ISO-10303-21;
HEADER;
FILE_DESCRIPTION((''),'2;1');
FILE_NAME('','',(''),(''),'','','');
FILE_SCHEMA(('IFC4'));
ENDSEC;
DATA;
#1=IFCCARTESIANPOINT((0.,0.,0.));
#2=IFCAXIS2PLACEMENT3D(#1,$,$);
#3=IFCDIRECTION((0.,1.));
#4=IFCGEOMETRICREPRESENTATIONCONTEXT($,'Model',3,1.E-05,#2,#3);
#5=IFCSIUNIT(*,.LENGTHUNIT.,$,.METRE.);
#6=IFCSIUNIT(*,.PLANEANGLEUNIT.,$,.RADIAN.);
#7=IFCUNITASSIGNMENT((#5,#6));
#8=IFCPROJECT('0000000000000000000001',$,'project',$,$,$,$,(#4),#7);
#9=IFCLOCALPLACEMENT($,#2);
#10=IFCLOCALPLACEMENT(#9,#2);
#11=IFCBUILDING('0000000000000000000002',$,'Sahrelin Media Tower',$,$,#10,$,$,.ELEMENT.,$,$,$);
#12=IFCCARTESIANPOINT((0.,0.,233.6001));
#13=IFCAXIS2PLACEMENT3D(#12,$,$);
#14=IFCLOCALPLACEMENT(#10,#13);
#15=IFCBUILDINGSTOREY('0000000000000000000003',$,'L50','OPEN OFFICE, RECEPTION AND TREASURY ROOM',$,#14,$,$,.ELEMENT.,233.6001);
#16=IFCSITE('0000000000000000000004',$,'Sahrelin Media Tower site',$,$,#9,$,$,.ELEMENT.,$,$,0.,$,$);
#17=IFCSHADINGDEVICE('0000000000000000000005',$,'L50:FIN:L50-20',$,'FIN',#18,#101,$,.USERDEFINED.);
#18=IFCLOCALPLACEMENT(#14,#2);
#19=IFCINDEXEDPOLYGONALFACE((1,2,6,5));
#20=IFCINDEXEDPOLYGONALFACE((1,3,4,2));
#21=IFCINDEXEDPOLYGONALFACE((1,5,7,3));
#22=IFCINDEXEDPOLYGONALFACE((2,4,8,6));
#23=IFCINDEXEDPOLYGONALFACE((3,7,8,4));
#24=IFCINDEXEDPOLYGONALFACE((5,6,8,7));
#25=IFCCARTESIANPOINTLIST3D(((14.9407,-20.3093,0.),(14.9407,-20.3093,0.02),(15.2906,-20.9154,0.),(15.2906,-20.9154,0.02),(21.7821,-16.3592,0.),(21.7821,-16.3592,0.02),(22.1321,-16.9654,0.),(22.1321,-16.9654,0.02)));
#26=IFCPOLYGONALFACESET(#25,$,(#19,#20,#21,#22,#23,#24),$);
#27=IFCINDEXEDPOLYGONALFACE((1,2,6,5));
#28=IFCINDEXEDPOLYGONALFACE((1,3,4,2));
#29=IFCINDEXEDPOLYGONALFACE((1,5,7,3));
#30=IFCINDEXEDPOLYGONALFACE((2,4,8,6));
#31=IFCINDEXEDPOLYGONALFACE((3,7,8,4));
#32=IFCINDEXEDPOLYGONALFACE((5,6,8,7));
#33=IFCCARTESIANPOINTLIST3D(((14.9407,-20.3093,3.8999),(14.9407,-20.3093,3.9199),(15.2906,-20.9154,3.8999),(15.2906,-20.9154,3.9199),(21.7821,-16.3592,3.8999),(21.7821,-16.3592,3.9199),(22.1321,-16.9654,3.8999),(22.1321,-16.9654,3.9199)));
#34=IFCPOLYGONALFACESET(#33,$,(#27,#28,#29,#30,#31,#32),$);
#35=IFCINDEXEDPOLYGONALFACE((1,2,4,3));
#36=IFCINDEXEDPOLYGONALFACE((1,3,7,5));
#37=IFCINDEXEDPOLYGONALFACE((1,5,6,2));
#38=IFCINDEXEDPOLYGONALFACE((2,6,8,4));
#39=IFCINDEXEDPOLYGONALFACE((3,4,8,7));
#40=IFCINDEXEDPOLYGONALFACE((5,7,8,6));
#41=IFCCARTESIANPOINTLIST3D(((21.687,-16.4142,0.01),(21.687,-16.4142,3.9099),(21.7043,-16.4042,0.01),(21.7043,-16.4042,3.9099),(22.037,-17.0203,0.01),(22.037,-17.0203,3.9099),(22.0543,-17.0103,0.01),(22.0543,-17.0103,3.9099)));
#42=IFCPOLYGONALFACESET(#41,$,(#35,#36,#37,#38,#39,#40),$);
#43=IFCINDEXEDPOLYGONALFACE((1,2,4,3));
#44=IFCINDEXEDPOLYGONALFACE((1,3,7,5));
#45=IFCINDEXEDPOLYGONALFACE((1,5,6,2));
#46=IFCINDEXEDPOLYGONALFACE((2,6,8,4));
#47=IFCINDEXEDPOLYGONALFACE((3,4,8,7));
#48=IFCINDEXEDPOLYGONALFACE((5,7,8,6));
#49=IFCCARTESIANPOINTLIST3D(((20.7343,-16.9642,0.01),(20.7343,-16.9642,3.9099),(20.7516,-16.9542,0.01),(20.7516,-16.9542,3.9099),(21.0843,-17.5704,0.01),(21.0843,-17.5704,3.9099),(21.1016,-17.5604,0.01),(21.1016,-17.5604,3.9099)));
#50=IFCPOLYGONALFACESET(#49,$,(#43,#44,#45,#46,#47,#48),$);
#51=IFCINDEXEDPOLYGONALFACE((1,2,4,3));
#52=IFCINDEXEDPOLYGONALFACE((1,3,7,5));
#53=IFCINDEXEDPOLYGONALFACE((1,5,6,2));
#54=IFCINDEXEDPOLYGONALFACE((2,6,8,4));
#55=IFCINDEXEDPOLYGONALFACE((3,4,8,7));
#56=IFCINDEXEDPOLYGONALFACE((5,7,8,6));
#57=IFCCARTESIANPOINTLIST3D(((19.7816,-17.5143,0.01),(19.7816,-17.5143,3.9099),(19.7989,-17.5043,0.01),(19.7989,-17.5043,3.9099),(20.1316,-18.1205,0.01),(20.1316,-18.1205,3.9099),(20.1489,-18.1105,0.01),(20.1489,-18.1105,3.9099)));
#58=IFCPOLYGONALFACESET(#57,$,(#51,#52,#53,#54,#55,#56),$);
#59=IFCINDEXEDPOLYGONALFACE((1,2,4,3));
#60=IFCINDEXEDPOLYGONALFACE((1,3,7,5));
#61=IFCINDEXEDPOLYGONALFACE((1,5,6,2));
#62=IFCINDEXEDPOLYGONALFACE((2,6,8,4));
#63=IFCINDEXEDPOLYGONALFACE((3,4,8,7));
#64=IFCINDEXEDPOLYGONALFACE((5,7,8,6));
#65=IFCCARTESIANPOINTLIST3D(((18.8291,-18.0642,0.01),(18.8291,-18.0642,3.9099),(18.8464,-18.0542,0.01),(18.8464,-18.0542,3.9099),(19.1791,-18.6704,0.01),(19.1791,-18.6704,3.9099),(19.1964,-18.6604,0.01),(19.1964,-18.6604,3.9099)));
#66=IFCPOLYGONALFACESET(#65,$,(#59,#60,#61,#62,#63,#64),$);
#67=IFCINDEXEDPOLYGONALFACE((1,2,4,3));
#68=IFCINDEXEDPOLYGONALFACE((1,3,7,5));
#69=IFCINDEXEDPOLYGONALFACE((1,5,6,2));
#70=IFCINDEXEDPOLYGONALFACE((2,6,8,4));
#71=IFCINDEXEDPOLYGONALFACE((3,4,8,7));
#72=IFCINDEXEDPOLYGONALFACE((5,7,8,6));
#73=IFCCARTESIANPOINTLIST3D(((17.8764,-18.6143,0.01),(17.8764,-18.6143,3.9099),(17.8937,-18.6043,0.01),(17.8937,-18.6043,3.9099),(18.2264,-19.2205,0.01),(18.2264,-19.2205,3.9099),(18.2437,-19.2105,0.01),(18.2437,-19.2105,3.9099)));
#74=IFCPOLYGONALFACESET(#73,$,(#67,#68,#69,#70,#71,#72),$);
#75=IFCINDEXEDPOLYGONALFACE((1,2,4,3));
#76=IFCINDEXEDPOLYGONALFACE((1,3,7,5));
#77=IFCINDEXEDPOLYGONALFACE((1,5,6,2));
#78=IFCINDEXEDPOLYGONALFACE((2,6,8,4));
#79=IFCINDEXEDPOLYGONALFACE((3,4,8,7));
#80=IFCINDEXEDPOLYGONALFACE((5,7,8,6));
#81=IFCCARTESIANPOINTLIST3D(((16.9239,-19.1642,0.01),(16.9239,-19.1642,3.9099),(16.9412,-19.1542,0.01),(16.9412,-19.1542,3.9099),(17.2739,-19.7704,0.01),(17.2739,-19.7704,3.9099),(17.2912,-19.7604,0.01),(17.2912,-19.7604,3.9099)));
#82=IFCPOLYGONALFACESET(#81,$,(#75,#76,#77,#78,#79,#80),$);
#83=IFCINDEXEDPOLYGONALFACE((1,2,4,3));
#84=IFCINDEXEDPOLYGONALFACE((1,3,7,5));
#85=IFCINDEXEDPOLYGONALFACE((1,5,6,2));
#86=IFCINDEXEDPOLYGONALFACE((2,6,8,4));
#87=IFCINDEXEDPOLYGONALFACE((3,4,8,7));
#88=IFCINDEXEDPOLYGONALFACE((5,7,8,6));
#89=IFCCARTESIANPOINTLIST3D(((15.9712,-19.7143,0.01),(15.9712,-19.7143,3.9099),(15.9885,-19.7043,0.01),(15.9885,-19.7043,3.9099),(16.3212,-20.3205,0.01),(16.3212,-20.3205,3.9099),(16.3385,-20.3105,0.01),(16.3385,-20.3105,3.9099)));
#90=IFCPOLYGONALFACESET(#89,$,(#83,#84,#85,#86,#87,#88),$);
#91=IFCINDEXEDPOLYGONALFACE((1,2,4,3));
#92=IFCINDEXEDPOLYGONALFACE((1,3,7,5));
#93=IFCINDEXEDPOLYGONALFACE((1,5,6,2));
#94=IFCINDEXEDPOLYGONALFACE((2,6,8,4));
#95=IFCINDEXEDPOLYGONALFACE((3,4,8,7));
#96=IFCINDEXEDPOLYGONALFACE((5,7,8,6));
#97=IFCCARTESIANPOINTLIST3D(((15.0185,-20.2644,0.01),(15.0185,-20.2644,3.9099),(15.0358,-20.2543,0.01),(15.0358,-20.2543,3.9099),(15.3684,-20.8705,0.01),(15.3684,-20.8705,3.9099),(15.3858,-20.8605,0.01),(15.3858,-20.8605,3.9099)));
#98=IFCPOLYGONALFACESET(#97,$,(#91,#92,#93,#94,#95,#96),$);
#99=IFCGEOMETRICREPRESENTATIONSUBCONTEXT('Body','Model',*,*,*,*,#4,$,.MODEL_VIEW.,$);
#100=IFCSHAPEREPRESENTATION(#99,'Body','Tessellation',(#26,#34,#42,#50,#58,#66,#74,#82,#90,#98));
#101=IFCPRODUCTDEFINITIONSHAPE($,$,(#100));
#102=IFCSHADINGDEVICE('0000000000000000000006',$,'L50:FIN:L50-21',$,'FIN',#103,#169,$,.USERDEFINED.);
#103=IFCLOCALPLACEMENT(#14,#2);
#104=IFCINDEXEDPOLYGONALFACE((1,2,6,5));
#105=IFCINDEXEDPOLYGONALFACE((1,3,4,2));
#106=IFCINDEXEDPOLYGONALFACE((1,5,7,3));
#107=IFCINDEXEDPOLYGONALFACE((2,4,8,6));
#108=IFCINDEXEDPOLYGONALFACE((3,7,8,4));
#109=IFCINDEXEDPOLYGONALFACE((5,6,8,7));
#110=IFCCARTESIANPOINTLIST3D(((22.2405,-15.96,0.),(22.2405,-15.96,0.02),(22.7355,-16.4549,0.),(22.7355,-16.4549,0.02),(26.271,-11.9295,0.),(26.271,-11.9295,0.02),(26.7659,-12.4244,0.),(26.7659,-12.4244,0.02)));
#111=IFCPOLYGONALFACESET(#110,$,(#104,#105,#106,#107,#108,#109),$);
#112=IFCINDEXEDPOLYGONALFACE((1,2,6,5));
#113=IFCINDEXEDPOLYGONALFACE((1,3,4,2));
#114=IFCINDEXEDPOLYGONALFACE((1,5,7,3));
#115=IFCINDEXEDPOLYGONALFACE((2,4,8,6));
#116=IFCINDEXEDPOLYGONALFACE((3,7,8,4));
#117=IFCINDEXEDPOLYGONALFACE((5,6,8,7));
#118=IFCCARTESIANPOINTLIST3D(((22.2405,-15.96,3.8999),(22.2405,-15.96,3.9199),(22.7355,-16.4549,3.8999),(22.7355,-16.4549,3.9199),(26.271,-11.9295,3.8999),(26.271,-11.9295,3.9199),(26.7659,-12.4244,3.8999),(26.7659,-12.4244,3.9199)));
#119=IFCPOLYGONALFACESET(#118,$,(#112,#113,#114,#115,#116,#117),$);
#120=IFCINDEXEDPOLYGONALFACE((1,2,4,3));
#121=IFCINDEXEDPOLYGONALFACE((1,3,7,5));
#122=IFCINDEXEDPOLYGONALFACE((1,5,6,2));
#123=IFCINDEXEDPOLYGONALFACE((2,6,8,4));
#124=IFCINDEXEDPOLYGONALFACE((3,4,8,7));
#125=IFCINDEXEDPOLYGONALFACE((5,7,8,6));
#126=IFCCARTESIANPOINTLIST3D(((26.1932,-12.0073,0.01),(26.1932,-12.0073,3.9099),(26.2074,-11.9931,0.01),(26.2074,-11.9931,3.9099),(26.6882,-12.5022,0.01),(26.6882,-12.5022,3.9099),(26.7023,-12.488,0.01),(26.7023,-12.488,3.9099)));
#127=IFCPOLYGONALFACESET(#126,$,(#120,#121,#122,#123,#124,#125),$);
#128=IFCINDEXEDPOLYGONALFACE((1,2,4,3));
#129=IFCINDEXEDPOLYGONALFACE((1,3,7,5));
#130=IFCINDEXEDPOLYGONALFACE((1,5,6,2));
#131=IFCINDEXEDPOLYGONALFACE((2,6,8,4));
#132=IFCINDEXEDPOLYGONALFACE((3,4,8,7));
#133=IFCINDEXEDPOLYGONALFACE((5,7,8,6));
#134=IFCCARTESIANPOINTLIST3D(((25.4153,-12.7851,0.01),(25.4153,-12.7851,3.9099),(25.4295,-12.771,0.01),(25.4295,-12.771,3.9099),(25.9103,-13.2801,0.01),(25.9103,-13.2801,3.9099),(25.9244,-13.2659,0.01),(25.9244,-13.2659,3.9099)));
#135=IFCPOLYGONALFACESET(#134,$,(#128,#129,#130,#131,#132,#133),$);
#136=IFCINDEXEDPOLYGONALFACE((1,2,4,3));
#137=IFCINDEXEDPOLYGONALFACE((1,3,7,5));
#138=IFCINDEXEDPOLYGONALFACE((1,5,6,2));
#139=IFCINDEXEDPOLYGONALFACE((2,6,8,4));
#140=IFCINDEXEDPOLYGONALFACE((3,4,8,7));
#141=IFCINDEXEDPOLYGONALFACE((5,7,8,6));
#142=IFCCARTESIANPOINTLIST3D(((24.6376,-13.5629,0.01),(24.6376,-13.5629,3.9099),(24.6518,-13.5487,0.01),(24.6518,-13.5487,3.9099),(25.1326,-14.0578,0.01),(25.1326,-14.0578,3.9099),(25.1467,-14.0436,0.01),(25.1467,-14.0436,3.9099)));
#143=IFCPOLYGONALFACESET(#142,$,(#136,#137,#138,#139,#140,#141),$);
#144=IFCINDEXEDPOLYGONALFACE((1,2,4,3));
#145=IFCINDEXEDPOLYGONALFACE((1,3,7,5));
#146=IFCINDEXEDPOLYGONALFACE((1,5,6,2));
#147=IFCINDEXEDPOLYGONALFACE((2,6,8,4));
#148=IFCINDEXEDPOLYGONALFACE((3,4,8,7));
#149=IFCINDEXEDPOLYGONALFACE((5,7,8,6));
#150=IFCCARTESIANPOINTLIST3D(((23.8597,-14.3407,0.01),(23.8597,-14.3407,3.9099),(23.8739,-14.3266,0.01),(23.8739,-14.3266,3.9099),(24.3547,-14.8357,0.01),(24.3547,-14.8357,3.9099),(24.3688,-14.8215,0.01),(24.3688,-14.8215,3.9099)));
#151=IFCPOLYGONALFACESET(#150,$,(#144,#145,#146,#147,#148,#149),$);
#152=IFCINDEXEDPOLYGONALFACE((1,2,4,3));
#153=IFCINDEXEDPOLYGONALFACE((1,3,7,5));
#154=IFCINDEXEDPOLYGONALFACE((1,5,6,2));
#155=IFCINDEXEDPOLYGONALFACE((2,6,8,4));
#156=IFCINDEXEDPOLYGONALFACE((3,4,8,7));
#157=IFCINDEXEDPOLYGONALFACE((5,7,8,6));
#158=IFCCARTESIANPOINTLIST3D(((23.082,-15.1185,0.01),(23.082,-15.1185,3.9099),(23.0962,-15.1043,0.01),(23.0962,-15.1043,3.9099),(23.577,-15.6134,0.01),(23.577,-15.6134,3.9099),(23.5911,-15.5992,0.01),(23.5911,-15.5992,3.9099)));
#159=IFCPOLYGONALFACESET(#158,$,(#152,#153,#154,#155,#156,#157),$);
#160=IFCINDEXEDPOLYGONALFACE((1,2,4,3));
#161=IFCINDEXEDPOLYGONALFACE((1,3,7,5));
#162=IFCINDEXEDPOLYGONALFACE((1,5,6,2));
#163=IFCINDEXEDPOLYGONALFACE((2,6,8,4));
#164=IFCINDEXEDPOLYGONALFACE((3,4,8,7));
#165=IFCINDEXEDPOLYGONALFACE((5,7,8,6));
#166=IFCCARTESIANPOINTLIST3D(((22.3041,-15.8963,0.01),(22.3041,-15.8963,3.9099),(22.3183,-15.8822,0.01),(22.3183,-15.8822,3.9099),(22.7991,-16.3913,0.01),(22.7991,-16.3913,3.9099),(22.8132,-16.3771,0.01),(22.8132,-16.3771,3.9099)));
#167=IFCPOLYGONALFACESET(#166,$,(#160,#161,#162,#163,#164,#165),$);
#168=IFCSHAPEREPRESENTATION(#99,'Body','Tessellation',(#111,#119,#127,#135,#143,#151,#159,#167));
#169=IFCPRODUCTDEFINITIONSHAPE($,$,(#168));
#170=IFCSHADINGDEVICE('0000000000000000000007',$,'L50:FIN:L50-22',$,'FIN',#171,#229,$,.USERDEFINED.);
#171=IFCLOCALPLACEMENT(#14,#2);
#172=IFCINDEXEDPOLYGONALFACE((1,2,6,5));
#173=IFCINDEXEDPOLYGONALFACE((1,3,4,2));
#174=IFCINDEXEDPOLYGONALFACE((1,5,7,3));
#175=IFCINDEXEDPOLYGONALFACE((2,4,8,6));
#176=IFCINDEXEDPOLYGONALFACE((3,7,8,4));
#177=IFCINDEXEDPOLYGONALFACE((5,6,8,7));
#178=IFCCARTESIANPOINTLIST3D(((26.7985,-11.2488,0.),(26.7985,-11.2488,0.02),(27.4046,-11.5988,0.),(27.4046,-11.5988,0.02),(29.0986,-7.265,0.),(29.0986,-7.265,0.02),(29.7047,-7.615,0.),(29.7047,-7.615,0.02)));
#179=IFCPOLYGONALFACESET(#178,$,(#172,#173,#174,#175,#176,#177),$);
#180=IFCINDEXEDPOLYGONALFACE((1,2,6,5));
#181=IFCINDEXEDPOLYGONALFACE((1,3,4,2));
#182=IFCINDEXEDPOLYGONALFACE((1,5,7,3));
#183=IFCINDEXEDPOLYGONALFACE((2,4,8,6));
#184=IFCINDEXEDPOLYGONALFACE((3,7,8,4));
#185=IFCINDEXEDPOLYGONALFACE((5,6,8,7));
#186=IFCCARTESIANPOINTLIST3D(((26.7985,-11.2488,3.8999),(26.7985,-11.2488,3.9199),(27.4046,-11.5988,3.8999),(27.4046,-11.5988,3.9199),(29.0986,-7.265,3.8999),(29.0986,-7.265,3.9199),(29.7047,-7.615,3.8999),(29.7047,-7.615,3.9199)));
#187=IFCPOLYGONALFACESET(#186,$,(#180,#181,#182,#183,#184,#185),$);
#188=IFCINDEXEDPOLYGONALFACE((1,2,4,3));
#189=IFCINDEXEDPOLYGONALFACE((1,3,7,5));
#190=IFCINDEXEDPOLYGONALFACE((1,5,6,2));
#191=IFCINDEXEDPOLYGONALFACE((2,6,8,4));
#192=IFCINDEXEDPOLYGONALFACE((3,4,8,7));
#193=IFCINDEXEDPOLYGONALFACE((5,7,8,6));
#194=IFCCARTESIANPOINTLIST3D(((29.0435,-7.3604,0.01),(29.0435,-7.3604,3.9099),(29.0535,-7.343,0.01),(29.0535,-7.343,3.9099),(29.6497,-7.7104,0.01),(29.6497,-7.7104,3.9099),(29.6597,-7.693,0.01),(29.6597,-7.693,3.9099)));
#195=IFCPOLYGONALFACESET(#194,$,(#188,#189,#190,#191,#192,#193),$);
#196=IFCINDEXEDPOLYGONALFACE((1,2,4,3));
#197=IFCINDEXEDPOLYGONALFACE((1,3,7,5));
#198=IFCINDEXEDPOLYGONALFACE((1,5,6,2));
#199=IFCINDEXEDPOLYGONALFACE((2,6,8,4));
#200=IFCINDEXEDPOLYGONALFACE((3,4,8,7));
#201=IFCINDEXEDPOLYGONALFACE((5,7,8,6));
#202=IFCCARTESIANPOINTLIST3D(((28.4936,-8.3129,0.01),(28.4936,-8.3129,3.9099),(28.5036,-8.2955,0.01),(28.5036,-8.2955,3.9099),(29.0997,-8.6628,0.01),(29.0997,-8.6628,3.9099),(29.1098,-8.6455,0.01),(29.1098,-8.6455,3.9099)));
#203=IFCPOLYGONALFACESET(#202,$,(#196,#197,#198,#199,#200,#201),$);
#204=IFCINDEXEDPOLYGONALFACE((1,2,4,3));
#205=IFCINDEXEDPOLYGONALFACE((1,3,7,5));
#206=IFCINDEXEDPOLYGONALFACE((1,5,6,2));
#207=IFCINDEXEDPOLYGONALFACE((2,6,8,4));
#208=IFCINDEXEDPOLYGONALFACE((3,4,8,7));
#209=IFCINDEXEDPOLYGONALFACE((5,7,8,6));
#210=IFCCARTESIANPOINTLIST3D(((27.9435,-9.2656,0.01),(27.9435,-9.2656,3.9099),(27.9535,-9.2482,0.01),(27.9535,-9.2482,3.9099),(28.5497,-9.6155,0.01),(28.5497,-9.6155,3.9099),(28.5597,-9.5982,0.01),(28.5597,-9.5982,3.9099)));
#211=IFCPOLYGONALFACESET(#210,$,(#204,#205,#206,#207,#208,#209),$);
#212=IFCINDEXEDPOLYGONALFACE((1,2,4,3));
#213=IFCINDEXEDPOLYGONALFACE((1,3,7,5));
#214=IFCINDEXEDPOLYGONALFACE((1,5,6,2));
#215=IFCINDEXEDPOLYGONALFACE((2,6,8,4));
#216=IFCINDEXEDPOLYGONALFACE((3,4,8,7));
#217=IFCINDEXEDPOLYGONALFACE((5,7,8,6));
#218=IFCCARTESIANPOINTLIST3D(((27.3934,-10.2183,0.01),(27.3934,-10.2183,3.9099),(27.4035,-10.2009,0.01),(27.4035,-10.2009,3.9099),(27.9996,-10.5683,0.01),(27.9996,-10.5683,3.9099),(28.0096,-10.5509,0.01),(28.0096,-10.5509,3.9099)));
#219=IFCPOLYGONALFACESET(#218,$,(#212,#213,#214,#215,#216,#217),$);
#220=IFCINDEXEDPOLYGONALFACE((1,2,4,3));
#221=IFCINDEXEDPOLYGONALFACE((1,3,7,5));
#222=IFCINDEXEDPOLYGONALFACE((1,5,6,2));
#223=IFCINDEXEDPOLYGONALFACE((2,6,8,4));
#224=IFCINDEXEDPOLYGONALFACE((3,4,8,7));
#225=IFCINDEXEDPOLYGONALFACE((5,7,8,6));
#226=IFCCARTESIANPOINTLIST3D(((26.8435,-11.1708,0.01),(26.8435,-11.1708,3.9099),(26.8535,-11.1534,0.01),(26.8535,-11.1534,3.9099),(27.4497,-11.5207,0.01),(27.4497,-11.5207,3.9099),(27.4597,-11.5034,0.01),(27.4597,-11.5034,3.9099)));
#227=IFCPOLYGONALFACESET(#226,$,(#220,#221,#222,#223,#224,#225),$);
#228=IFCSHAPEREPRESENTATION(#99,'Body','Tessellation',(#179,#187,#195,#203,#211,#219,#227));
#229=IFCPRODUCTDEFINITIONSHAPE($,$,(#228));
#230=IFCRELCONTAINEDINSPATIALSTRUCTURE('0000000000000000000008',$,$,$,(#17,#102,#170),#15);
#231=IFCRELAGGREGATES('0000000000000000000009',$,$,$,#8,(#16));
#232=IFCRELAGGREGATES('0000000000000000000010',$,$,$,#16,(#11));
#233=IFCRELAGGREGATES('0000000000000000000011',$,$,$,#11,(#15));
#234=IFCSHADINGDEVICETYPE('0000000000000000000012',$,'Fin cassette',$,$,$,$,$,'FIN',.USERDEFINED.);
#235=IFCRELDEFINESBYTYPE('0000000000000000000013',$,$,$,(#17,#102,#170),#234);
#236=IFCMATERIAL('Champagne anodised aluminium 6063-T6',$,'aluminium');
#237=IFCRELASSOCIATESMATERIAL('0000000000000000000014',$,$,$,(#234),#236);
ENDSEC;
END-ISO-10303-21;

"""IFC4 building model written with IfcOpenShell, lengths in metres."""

from ifc_helpers import new_model, si_unit, direction, frame, origin, origin_2d, place, context, subcontext, project, spatial, rectangle, extrude, material, type_object, element, save


model = new_model("IFC4")

# Units and contexts
model_context = context("Model", 3, precision=1e-05, world=origin(), true_north=direction((0.0, 1.0)))
body_context = subcontext(model_context, "Body", "Model", "MODEL_VIEW")
ifc_project = project(units=[si_unit("LENGTHUNIT", "METRE"), si_unit("PLANEANGLEUNIT", "RADIAN")], contexts=[model_context])

# Site, building, storey
site_placement = place(None, origin())
site = spatial("IfcSite", under=ifc_project, at=site_placement, Name="Sahrelin Media Tower site", CompositionType="ELEMENT", RefElevation=0.0)
building_placement = place(site_placement, origin())
building = spatial("IfcBuilding", under=site, at=building_placement, Name="Sahrelin Media Tower", CompositionType="ELEMENT")
storey_placement = place(building_placement, frame((0.0, 0.0, 233.6001)))
storey = spatial("IfcBuildingStorey", under=building, at=storey_placement, Name="L50", Description="OPEN OFFICE, RECEPTION AND TREASURY ROOM", CompositionType="ELEMENT", Elevation=233.6001)

# Shared definitions
ifc_material_1 = material(Name="Champagne anodised aluminium 6063-T6", Category="aluminium")

# Shading devices
shading_device_type_1 = type_object("IfcShadingDeviceType", Name="Fin cassette", ElementType="FIN", PredefinedType="USERDEFINED", material=ifc_material_1)
placement_1 = place(storey_placement, frame((18.3264, -18.2737, 0.0), z_axis=(0.0, 0.0, 1.0), x_axis=(-0.866019, -0.500011, 0.0)))
element("IfcShadingDevice", 1, at=placement_1, inside=storey, type_object=shading_device_type_1, Name="L50:FIN:L50-20", ObjectType="FIN", PredefinedType="USERDEFINED", context=body_context, shape_type="SweptSolid", body=[
    extrude(rectangle(XDim=7.8999, YDim=0.7, at=origin_2d()), frame((0.0, 0.4199, 0.0)), (0.0, 0.0, 1.0), 0.02),
    extrude(rectangle(XDim=7.8999, YDim=0.7, at=origin_2d()), frame((0.0, 0.4199, 3.8999)), (0.0, 0.0, 1.0), 0.02),
    extrude(rectangle(XDim=0.02, YDim=0.7, at=origin_2d()), frame((-3.8501, 0.4199, 0.01), z_axis=(0.0, 0.0, 1.0), x_axis=(1.0, 0.0, 0.0)), (0.0, 0.0, 1.0), 3.8999),
    extrude(rectangle(XDim=0.02, YDim=0.7, at=origin_2d()), frame((-2.75, 0.4199, 0.01), z_axis=(0.0, 0.0, 1.0), x_axis=(1.0, 0.0, 0.0)), (0.0, 0.0, 1.0), 3.8999),
    extrude(rectangle(XDim=0.02, YDim=0.7, at=origin_2d()), frame((-1.6499, 0.4199, 0.01), z_axis=(0.0, 0.0, 1.0), x_axis=(1.0, 0.0, 0.0)), (0.0, 0.0, 1.0), 3.8999),
    extrude(rectangle(XDim=0.02, YDim=0.7, at=origin_2d()), frame((-0.55, 0.4199, 0.01), z_axis=(0.0, 0.0, 1.0), x_axis=(1.0, 0.0, 0.0)), (0.0, 0.0, 1.0), 3.8999),
    extrude(rectangle(XDim=0.02, YDim=0.7, at=origin_2d()), frame((0.55, 0.4199, 0.01), z_axis=(0.0, 0.0, 1.0), x_axis=(1.0, 0.0, 0.0)), (0.0, 0.0, 1.0), 3.8999),
    extrude(rectangle(XDim=0.02, YDim=0.7, at=origin_2d()), frame((1.6499, 0.4199, 0.01), z_axis=(0.0, 0.0, 1.0), x_axis=(1.0, 0.0, 0.0)), (0.0, 0.0, 1.0), 3.8999),
    extrude(rectangle(XDim=0.02, YDim=0.7, at=origin_2d()), frame((2.75, 0.4199, 0.01), z_axis=(0.0, 0.0, 1.0), x_axis=(1.0, 0.0, 0.0)), (0.0, 0.0, 1.0), 3.8999),
    extrude(rectangle(XDim=0.02, YDim=0.7, at=origin_2d()), frame((3.8501, 0.4199, 0.01), z_axis=(0.0, 0.0, 1.0), x_axis=(1.0, 0.0, 0.0)), (0.0, 0.0, 1.0), 3.8999),
])
placement_2 = place(storey_placement, frame((24.2063, -13.8953, 0.0), z_axis=(0.0, 0.0, 1.0), x_axis=(-0.707107, -0.707107, 0.0)))
element("IfcShadingDevice", 2, at=placement_2, inside=storey, type_object=shading_device_type_1, Name="L50:FIN:L50-21", ObjectType="FIN", PredefinedType="USERDEFINED", context=body_context, shape_type="SweptSolid", body=[
    extrude(rectangle(XDim=5.7, YDim=0.7, at=origin_2d()), frame((0.0, 0.4199, 0.0)), (0.0, 0.0, 1.0), 0.02),
    extrude(rectangle(XDim=5.7, YDim=0.7, at=origin_2d()), frame((0.0, 0.4199, 3.8999)), (0.0, 0.0, 1.0), 0.02),
    extrude(rectangle(XDim=0.02, YDim=0.7, at=origin_2d()), frame((-2.75, 0.4199, 0.01), z_axis=(0.0, 0.0, 1.0), x_axis=(1.0, 0.0, 0.0)), (0.0, 0.0, 1.0), 3.8999),
    extrude(rectangle(XDim=0.02, YDim=0.7, at=origin_2d()), frame((-1.6499, 0.4199, 0.01), z_axis=(0.0, 0.0, 1.0), x_axis=(1.0, 0.0, 0.0)), (0.0, 0.0, 1.0), 3.8999),
    extrude(rectangle(XDim=0.02, YDim=0.7, at=origin_2d()), frame((-0.55, 0.4199, 0.01), z_axis=(0.0, 0.0, 1.0), x_axis=(1.0, 0.0, 0.0)), (0.0, 0.0, 1.0), 3.8999),
    extrude(rectangle(XDim=0.02, YDim=0.7, at=origin_2d()), frame((0.55, 0.4199, 0.01), z_axis=(0.0, 0.0, 1.0), x_axis=(1.0, 0.0, 0.0)), (0.0, 0.0, 1.0), 3.8999),
    extrude(rectangle(XDim=0.02, YDim=0.7, at=origin_2d()), frame((1.6499, 0.4199, 0.01), z_axis=(0.0, 0.0, 1.0), x_axis=(1.0, 0.0, 0.0)), (0.0, 0.0, 1.0), 3.8999),
    extrude(rectangle(XDim=0.02, YDim=0.7, at=origin_2d()), frame((2.75, 0.4199, 0.01), z_axis=(0.0, 0.0, 1.0), x_axis=(1.0, 0.0, 0.0)), (0.0, 0.0, 1.0), 3.8999),
])
placement_3 = place(storey_placement, frame((27.8879, -9.2219, 0.0), z_axis=(0.0, 0.0, 1.0), x_axis=(-0.500011, -0.866019, 0.0)))
element("IfcShadingDevice", 3, at=placement_3, inside=storey, type_object=shading_device_type_1, Name="L50:FIN:L50-22", ObjectType="FIN", PredefinedType="USERDEFINED", context=body_context, shape_type="SweptSolid", body=[
    extrude(rectangle(XDim=4.6001, YDim=0.7, at=origin_2d()), frame((0.0, 0.4199, 0.0)), (0.0, 0.0, 1.0), 0.02),
    extrude(rectangle(XDim=4.6001, YDim=0.7, at=origin_2d()), frame((0.0, 0.4199, 3.8999)), (0.0, 0.0, 1.0), 0.02),
    extrude(rectangle(XDim=0.02, YDim=0.7, at=origin_2d()), frame((-2.2, 0.4199, 0.01), z_axis=(0.0, 0.0, 1.0), x_axis=(1.0, 0.0, 0.0)), (0.0, 0.0, 1.0), 3.8999),
    extrude(rectangle(XDim=0.02, YDim=0.7, at=origin_2d()), frame((-1.1001, 0.4199, 0.01), z_axis=(0.0, 0.0, 1.0), x_axis=(1.0, 0.0, 0.0)), (0.0, 0.0, 1.0), 3.8999),
    extrude(rectangle(XDim=0.02, YDim=0.7, at=origin_2d()), frame((0.0, 0.4199, 0.01), z_axis=(0.0, 0.0, 1.0), x_axis=(1.0, 0.0, 0.0)), (0.0, 0.0, 1.0), 3.8999),
    extrude(rectangle(XDim=0.02, YDim=0.7, at=origin_2d()), frame((1.1001, 0.4199, 0.01), z_axis=(0.0, 0.0, 1.0), x_axis=(1.0, 0.0, 0.0)), (0.0, 0.0, 1.0), 3.8999),
    extrude(rectangle(XDim=0.02, YDim=0.7, at=origin_2d()), frame((2.2, 0.4199, 0.01), z_axis=(0.0, 0.0, 1.0), x_axis=(1.0, 0.0, 0.0)), (0.0, 0.0, 1.0), 3.8999),
])

save(model, "model.ifc")
